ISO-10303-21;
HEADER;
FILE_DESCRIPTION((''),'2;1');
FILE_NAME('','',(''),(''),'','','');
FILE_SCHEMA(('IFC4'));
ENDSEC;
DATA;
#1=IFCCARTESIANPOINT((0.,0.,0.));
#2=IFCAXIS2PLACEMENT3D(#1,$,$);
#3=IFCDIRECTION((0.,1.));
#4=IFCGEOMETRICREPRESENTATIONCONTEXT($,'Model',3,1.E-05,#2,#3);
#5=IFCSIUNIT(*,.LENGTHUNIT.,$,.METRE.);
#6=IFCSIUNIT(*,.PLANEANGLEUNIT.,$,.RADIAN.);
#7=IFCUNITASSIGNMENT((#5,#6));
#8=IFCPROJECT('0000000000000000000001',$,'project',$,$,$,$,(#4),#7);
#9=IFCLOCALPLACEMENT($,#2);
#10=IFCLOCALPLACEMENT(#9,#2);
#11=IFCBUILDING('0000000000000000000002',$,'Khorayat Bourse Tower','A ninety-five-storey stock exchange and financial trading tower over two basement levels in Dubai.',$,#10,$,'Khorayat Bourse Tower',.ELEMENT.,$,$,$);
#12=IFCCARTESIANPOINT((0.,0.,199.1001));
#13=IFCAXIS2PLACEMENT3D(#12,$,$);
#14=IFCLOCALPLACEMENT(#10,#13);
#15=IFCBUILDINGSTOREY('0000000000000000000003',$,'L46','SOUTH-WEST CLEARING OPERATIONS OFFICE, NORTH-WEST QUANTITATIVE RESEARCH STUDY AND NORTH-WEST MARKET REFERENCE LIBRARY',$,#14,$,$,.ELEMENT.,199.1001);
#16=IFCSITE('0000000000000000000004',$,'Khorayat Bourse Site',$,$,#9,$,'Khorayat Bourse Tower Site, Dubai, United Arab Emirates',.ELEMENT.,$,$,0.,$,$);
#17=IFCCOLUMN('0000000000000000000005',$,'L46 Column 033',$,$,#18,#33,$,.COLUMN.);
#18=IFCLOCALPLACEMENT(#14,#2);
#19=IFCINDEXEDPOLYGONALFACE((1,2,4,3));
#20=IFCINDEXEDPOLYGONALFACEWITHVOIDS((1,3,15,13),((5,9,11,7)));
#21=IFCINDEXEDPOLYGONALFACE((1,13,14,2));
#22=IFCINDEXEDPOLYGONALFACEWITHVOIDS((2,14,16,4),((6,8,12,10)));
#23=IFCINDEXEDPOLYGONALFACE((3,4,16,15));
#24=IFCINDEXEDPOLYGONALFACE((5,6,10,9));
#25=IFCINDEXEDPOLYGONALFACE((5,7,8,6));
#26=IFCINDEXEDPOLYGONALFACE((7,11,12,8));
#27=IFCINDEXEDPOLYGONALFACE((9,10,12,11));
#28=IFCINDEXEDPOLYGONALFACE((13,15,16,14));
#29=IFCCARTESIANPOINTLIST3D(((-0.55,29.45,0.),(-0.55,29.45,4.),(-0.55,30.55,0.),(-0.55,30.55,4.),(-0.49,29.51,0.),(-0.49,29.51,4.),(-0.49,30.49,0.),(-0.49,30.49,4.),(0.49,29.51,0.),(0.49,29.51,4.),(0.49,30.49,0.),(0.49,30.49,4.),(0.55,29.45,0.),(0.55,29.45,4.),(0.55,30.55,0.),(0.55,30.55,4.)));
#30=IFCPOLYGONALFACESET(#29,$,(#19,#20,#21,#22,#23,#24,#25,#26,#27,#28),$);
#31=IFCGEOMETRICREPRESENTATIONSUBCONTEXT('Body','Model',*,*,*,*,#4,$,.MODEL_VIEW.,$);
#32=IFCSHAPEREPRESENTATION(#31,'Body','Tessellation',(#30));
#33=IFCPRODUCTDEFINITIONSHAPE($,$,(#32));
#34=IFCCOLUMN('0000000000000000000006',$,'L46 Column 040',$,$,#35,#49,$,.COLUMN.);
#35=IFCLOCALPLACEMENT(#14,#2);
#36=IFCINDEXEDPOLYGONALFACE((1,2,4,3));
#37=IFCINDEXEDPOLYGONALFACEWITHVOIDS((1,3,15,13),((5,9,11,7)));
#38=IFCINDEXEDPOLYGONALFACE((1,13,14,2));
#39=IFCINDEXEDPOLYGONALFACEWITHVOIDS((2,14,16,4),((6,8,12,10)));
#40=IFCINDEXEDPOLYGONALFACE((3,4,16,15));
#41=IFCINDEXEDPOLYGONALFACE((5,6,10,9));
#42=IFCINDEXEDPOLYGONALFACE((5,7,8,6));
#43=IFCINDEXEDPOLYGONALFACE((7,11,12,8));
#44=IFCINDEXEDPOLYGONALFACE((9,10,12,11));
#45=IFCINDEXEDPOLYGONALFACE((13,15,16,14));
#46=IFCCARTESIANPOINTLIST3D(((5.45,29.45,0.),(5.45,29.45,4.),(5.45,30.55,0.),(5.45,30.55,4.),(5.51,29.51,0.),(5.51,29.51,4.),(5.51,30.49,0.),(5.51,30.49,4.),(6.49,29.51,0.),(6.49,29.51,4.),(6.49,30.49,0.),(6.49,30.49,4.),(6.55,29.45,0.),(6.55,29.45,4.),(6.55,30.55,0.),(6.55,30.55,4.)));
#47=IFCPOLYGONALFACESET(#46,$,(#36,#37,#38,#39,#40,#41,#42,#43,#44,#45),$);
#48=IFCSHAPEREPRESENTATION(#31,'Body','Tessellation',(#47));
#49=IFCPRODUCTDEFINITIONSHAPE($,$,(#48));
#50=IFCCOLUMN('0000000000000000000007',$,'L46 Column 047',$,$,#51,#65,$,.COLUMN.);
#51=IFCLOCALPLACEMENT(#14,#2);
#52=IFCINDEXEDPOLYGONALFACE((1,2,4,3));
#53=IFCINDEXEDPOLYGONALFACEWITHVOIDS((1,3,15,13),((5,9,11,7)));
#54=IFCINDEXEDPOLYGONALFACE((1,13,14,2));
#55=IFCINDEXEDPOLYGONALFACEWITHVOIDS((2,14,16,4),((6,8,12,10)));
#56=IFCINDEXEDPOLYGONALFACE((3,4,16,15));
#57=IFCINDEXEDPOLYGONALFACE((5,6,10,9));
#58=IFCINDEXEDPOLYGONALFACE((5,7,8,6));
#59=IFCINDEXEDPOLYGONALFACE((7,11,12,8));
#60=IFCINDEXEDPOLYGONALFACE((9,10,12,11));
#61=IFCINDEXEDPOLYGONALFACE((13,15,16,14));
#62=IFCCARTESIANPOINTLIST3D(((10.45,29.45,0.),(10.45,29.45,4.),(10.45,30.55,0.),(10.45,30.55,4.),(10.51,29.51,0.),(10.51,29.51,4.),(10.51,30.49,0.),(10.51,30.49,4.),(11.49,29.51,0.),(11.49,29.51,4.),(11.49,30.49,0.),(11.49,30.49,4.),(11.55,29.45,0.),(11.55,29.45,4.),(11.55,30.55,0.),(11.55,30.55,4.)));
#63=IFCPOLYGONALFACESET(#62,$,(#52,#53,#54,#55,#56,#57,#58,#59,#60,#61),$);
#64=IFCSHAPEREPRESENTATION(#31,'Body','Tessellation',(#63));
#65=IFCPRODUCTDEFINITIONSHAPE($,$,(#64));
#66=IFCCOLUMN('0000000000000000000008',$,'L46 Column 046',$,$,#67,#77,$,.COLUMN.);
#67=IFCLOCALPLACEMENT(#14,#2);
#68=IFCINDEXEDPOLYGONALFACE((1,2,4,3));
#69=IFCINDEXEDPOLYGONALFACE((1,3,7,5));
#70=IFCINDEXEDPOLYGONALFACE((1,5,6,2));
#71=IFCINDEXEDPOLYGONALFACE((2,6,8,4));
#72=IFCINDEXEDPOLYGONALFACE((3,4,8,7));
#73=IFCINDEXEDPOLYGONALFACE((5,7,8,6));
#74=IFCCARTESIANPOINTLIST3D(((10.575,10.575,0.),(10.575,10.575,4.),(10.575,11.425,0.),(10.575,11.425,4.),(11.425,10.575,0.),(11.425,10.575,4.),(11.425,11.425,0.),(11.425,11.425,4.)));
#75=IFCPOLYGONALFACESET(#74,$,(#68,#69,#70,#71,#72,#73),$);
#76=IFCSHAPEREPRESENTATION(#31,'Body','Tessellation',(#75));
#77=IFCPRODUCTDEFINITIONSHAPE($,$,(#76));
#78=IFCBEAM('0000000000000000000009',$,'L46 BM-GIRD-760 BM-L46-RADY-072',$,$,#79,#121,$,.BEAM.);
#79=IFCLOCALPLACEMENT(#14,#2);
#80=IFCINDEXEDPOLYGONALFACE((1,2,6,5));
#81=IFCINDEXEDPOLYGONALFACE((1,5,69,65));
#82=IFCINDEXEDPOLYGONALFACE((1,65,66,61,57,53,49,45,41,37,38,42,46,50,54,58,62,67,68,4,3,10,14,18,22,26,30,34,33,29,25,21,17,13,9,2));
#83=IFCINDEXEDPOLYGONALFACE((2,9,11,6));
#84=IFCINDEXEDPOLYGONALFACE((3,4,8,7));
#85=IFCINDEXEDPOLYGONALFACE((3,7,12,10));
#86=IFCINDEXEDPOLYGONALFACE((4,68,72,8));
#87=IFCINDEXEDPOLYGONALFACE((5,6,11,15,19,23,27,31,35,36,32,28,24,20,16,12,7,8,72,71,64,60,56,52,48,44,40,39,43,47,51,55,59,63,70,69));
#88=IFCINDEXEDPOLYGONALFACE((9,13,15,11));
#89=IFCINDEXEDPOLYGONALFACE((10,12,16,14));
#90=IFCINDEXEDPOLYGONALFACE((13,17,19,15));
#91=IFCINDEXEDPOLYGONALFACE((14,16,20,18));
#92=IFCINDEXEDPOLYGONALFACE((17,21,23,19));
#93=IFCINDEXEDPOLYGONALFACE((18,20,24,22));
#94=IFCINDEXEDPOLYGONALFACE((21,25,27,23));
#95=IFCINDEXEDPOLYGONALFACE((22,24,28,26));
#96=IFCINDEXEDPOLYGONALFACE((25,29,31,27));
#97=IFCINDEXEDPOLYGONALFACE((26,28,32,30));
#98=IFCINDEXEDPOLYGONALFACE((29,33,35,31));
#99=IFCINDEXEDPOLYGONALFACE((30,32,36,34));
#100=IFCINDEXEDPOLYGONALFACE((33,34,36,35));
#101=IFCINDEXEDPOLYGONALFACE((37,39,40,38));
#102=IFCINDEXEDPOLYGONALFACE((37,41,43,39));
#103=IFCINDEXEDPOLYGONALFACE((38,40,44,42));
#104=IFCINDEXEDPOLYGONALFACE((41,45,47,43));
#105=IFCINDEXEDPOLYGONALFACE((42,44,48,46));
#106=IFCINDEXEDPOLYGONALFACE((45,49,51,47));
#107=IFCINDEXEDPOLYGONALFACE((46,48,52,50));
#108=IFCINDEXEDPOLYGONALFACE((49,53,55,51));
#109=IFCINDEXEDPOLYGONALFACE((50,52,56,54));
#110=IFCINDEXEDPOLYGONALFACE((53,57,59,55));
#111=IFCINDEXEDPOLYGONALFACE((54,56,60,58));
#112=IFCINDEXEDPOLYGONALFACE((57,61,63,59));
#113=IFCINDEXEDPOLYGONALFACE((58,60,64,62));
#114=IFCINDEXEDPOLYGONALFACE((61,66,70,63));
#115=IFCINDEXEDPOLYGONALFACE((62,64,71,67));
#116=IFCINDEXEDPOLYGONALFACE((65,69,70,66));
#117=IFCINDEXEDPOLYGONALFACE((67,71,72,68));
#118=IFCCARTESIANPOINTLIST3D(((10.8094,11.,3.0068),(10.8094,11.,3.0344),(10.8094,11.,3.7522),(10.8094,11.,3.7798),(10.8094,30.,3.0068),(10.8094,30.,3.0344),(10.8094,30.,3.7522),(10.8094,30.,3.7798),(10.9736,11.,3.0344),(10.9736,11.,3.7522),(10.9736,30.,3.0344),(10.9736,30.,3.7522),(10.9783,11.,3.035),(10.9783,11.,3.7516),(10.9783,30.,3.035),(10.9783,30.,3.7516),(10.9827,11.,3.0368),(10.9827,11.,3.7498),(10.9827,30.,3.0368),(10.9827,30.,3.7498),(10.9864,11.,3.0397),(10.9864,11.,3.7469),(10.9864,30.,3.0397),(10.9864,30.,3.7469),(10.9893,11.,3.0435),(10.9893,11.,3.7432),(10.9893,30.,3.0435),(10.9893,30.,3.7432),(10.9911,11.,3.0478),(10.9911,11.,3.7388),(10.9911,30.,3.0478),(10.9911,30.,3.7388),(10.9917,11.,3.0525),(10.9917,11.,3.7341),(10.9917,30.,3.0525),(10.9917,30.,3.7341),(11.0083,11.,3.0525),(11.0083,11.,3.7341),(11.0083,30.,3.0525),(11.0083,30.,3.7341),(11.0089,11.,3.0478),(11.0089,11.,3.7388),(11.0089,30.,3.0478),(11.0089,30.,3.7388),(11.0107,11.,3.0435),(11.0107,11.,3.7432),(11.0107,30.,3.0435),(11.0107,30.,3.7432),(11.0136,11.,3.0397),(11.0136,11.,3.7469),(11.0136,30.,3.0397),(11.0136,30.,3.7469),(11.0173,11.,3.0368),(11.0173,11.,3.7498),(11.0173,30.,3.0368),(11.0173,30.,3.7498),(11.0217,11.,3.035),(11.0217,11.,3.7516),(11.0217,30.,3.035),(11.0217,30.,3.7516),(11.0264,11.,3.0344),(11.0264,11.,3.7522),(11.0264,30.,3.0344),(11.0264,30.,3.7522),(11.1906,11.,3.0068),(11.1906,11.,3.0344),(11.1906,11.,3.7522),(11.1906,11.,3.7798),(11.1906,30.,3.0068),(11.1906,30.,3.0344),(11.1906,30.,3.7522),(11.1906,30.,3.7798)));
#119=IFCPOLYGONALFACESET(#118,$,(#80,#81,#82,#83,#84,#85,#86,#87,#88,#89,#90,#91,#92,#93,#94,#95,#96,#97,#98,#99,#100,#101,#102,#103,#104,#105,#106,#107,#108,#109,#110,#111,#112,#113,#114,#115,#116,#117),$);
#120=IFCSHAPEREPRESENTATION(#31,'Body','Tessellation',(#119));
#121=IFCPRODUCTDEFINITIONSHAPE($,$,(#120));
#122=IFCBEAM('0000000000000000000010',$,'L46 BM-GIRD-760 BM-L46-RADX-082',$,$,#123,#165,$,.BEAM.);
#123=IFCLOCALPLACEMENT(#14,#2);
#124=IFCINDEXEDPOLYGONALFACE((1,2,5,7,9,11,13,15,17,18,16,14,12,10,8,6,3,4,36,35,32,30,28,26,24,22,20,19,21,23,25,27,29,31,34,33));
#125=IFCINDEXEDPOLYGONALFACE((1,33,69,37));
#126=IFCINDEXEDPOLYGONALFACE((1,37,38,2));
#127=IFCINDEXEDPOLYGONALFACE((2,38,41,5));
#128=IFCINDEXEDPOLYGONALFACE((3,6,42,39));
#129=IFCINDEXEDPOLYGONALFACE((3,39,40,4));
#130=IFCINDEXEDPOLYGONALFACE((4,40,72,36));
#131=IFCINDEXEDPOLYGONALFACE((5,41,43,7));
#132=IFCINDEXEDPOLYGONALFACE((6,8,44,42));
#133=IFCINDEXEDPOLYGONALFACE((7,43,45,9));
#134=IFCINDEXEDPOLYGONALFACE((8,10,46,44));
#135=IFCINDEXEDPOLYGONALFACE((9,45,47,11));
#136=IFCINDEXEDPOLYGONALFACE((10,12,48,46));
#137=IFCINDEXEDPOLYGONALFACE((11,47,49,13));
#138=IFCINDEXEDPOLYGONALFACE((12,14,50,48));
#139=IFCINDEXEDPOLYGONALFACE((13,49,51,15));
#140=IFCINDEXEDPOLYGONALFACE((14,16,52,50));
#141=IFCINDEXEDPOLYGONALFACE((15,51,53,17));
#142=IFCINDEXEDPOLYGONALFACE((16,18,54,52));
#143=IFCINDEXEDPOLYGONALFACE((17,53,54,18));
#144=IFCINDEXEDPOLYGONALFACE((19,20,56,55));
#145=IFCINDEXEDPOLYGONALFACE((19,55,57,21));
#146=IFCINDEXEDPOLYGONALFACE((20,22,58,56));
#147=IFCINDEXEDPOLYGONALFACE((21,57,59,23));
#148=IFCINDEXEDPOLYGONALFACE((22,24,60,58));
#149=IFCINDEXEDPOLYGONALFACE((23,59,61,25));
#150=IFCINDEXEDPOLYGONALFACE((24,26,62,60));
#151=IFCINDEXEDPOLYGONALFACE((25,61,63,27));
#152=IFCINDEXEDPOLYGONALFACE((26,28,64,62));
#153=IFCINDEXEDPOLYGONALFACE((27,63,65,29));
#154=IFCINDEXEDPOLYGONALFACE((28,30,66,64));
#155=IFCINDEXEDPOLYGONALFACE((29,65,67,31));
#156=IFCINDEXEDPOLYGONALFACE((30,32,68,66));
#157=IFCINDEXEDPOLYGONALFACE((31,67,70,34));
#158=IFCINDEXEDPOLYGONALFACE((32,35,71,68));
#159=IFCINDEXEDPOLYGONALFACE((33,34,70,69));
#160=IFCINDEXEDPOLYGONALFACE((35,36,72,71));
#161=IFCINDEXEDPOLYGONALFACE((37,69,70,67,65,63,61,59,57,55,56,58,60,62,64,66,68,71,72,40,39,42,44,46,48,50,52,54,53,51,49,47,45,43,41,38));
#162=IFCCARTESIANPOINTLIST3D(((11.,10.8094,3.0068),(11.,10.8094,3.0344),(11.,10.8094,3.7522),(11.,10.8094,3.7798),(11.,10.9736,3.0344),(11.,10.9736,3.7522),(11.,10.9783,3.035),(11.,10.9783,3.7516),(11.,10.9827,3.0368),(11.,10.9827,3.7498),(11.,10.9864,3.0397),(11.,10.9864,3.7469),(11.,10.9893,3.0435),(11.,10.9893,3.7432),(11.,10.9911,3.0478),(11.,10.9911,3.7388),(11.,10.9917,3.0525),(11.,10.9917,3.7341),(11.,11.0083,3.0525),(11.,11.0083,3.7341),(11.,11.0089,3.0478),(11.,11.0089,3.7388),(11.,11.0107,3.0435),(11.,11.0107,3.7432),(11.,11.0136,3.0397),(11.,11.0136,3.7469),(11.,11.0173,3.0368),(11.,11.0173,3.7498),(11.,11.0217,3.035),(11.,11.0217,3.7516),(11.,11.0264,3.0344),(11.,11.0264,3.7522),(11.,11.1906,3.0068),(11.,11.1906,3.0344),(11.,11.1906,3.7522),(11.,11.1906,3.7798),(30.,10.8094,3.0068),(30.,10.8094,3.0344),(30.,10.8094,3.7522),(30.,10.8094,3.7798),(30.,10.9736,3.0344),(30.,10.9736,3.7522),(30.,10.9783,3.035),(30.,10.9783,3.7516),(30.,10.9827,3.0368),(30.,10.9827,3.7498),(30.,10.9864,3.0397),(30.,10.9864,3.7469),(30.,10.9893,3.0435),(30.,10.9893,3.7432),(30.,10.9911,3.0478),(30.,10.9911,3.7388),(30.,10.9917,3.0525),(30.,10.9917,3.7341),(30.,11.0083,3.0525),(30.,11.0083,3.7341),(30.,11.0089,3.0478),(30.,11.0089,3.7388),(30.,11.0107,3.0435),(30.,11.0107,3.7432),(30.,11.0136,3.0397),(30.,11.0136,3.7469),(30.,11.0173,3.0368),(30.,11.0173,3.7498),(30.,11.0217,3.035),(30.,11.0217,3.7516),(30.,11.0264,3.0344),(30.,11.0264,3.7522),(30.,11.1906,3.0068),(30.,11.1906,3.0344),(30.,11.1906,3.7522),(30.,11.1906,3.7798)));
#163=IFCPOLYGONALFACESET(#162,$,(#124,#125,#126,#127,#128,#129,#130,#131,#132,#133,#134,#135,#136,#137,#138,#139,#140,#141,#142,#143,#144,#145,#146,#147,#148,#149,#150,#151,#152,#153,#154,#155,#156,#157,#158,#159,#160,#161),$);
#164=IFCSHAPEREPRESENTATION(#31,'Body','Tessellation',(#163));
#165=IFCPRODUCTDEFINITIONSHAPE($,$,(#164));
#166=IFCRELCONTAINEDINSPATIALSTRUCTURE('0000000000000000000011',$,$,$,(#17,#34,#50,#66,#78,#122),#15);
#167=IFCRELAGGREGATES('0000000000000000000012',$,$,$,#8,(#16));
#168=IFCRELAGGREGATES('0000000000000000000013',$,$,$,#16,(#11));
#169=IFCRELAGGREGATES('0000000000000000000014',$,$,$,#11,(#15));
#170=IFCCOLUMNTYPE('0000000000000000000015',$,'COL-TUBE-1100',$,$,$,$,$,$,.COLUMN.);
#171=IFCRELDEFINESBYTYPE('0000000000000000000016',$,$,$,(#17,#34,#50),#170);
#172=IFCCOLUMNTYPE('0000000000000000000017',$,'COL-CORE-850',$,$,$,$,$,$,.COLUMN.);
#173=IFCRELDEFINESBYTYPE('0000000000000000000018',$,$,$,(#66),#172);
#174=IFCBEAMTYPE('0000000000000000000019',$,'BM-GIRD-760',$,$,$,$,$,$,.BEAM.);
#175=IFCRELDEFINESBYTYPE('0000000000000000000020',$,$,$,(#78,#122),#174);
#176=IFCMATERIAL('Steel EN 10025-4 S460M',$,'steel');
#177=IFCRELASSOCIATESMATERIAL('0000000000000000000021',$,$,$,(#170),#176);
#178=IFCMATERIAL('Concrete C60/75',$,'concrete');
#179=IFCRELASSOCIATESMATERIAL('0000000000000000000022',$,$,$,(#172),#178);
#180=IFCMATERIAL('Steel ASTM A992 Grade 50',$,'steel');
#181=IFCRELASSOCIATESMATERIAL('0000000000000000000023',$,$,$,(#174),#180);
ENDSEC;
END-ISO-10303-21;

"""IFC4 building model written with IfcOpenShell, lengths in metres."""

from ifc_helpers import new_model, si_unit, direction, frame, origin, origin_2d, place, context, subcontext, project, spatial, rectangle, hollow_rectangle, i_section, extrude, source, transform, mapped, material, material_profile, profile_set, type_object, element, save


model = new_model("IFC4")

# Units and contexts
model_context = context("Model", 3, precision=1e-05, world=origin(), true_north=direction((0.0, 1.0)))
body_context = subcontext(model_context, "Body", "Model", "MODEL_VIEW")
ifc_project = project(units=[si_unit("LENGTHUNIT", "METRE"), si_unit("PLANEANGLEUNIT", "RADIAN")], contexts=[model_context])

# Site, building, storey
site_placement = place(None, origin())
site = spatial("IfcSite", under=ifc_project, at=site_placement, Name="Khorayat Bourse Site", LongName="Khorayat Bourse Tower Site, Dubai, United Arab Emirates", CompositionType="ELEMENT", RefElevation=0.0)
building_placement = place(site_placement, origin())
building = spatial("IfcBuilding", under=site, at=building_placement, Name="Khorayat Bourse Tower", Description="A ninety-five-storey stock exchange and financial trading tower over two basement levels in Dubai.", LongName="Khorayat Bourse Tower", CompositionType="ELEMENT")
storey_placement = place(building_placement, frame((0.0, 0.0, 199.1001)))
storey = spatial("IfcBuildingStorey", under=building, at=storey_placement, Name="L46", Description="SOUTH-WEST CLEARING OPERATIONS OFFICE, NORTH-WEST QUANTITATIVE RESEARCH STUDY AND NORTH-WEST MARKET REFERENCE LIBRARY", CompositionType="ELEMENT", Elevation=199.1001)

# Columns
ifc_material_1 = material(Name="Steel EN 10025-4 S460M", Category="steel")
ifc_material_profile_1 = material_profile(ifc_material_1, hollow_rectangle(XDim=1.1001, YDim=1.1001, WallThickness=0.0601, at=origin_2d()), Name="BOX 1100x1100x60")
ifc_profile_set_1 = profile_set([ifc_material_profile_1], Name="Steel EN 10025-4 S460M")
column_type_1 = type_object("IfcColumnType", Name="COL-TUBE-1100", PredefinedType="COLUMN", material=ifc_profile_set_1)
shared_shape_1 = source(origin(), body_context, "Body", "SweptSolid", [
    extrude(hollow_rectangle(XDim=1.1001, YDim=1.1001, WallThickness=0.0601, at=origin_2d()), origin(), (0.0, 0.0, 1.0), 4.0),
])
for number, where, z_axis, x_axis, name in (
    (1, (0.0, 30.0, 0.0), (0.0, 0.0, 1.0), (1.0, 0.0, 0.0), "L46 Column 033"),
    (2, (6.0, 30.0, 0.0), (0.0, 0.0, 1.0), (1.0, 0.0, 0.0), "L46 Column 040"),
    (3, (11.0, 30.0, 0.0), (0.0, 0.0, 1.0), (1.0, 0.0, 0.0), "L46 Column 047"),
):
    element("IfcColumn", number, at=place(storey_placement, frame(where, z_axis=z_axis, x_axis=x_axis)), inside=storey, type_object=column_type_1, Name=name, PredefinedType="COLUMN", context=body_context, shape_type="MappedRepresentation", body=[
        mapped(shared_shape_1, transform((0.0, 0.0, 0.0), scale=1.0)),
    ])
ifc_material_2 = material(Name="Concrete C60/75", Category="concrete")
ifc_material_profile_2 = material_profile(ifc_material_2, rectangle(XDim=0.8501, YDim=0.8501, at=origin_2d()), Name="RC 850x850")
ifc_profile_set_2 = profile_set([ifc_material_profile_2], Name="Concrete C60/75")
column_type_2 = type_object("IfcColumnType", Name="COL-CORE-850", PredefinedType="COLUMN", material=ifc_profile_set_2)
shared_shape_2 = source(origin(), body_context, "Body", "SweptSolid", [
    extrude(rectangle(XDim=0.8501, YDim=0.8501, at=origin_2d()), origin(), (0.0, 0.0, 1.0), 4.0),
])
column_placement = place(storey_placement, frame((11.0, 11.0, 0.0), z_axis=(0.0, 0.0, 1.0), x_axis=(1.0, 0.0, 0.0)))
element("IfcColumn", 4, at=column_placement, inside=storey, type_object=column_type_2, Name="L46 Column 046", PredefinedType="COLUMN", context=body_context, shape_type="MappedRepresentation", body=[
    mapped(shared_shape_2, transform((0.0, 0.0, 0.0), scale=1.0)),
])

# Beams
ifc_material_3 = material(Name="Steel ASTM A992 Grade 50", Category="steel")
ifc_material_profile_3 = material_profile(ifc_material_3, i_section(OverallWidth=0.3811, OverallDepth=0.7729, WebThickness=0.0166, FlangeThickness=0.0276, FilletRadius=0.0181, at=origin_2d()), Name="W760X257")
ifc_profile_set_3 = profile_set([ifc_material_profile_3], Name="Steel ASTM A992 Grade 50")
beam_type_1 = type_object("IfcBeamType", Name="BM-GIRD-760", PredefinedType="BEAM", material=ifc_profile_set_3)
shared_shape_3 = source(origin(), body_context, "Body", "SweptSolid", [
    extrude(i_section(OverallWidth=0.3811, OverallDepth=0.7729, WebThickness=0.0166, FlangeThickness=0.0276, FilletRadius=0.0181, at=origin_2d()), origin(), (0.0, 0.0, 1.0), 19.0),
])
for number, where, z_axis, x_axis, name in (
    (5, (11.0, 11.0, 3.3933), (0.0, 1.0, 0.0), (-1.0, 0.0, 0.0), "L46 BM-GIRD-760 BM-L46-RADY-072"),
    (6, (11.0, 11.0, 3.3933), (1.0, 0.0, 0.0), (0.0, 1.0, 0.0), "L46 BM-GIRD-760 BM-L46-RADX-082"),
):
    element("IfcBeam", number, at=place(storey_placement, frame(where, z_axis=z_axis, x_axis=x_axis)), inside=storey, type_object=beam_type_1, Name=name, PredefinedType="BEAM", context=body_context, shape_type="MappedRepresentation", body=[
        mapped(shared_shape_3, transform((0.0, 0.0, 0.0), scale=1.0)),
    ])

save(model, "model.ifc")
